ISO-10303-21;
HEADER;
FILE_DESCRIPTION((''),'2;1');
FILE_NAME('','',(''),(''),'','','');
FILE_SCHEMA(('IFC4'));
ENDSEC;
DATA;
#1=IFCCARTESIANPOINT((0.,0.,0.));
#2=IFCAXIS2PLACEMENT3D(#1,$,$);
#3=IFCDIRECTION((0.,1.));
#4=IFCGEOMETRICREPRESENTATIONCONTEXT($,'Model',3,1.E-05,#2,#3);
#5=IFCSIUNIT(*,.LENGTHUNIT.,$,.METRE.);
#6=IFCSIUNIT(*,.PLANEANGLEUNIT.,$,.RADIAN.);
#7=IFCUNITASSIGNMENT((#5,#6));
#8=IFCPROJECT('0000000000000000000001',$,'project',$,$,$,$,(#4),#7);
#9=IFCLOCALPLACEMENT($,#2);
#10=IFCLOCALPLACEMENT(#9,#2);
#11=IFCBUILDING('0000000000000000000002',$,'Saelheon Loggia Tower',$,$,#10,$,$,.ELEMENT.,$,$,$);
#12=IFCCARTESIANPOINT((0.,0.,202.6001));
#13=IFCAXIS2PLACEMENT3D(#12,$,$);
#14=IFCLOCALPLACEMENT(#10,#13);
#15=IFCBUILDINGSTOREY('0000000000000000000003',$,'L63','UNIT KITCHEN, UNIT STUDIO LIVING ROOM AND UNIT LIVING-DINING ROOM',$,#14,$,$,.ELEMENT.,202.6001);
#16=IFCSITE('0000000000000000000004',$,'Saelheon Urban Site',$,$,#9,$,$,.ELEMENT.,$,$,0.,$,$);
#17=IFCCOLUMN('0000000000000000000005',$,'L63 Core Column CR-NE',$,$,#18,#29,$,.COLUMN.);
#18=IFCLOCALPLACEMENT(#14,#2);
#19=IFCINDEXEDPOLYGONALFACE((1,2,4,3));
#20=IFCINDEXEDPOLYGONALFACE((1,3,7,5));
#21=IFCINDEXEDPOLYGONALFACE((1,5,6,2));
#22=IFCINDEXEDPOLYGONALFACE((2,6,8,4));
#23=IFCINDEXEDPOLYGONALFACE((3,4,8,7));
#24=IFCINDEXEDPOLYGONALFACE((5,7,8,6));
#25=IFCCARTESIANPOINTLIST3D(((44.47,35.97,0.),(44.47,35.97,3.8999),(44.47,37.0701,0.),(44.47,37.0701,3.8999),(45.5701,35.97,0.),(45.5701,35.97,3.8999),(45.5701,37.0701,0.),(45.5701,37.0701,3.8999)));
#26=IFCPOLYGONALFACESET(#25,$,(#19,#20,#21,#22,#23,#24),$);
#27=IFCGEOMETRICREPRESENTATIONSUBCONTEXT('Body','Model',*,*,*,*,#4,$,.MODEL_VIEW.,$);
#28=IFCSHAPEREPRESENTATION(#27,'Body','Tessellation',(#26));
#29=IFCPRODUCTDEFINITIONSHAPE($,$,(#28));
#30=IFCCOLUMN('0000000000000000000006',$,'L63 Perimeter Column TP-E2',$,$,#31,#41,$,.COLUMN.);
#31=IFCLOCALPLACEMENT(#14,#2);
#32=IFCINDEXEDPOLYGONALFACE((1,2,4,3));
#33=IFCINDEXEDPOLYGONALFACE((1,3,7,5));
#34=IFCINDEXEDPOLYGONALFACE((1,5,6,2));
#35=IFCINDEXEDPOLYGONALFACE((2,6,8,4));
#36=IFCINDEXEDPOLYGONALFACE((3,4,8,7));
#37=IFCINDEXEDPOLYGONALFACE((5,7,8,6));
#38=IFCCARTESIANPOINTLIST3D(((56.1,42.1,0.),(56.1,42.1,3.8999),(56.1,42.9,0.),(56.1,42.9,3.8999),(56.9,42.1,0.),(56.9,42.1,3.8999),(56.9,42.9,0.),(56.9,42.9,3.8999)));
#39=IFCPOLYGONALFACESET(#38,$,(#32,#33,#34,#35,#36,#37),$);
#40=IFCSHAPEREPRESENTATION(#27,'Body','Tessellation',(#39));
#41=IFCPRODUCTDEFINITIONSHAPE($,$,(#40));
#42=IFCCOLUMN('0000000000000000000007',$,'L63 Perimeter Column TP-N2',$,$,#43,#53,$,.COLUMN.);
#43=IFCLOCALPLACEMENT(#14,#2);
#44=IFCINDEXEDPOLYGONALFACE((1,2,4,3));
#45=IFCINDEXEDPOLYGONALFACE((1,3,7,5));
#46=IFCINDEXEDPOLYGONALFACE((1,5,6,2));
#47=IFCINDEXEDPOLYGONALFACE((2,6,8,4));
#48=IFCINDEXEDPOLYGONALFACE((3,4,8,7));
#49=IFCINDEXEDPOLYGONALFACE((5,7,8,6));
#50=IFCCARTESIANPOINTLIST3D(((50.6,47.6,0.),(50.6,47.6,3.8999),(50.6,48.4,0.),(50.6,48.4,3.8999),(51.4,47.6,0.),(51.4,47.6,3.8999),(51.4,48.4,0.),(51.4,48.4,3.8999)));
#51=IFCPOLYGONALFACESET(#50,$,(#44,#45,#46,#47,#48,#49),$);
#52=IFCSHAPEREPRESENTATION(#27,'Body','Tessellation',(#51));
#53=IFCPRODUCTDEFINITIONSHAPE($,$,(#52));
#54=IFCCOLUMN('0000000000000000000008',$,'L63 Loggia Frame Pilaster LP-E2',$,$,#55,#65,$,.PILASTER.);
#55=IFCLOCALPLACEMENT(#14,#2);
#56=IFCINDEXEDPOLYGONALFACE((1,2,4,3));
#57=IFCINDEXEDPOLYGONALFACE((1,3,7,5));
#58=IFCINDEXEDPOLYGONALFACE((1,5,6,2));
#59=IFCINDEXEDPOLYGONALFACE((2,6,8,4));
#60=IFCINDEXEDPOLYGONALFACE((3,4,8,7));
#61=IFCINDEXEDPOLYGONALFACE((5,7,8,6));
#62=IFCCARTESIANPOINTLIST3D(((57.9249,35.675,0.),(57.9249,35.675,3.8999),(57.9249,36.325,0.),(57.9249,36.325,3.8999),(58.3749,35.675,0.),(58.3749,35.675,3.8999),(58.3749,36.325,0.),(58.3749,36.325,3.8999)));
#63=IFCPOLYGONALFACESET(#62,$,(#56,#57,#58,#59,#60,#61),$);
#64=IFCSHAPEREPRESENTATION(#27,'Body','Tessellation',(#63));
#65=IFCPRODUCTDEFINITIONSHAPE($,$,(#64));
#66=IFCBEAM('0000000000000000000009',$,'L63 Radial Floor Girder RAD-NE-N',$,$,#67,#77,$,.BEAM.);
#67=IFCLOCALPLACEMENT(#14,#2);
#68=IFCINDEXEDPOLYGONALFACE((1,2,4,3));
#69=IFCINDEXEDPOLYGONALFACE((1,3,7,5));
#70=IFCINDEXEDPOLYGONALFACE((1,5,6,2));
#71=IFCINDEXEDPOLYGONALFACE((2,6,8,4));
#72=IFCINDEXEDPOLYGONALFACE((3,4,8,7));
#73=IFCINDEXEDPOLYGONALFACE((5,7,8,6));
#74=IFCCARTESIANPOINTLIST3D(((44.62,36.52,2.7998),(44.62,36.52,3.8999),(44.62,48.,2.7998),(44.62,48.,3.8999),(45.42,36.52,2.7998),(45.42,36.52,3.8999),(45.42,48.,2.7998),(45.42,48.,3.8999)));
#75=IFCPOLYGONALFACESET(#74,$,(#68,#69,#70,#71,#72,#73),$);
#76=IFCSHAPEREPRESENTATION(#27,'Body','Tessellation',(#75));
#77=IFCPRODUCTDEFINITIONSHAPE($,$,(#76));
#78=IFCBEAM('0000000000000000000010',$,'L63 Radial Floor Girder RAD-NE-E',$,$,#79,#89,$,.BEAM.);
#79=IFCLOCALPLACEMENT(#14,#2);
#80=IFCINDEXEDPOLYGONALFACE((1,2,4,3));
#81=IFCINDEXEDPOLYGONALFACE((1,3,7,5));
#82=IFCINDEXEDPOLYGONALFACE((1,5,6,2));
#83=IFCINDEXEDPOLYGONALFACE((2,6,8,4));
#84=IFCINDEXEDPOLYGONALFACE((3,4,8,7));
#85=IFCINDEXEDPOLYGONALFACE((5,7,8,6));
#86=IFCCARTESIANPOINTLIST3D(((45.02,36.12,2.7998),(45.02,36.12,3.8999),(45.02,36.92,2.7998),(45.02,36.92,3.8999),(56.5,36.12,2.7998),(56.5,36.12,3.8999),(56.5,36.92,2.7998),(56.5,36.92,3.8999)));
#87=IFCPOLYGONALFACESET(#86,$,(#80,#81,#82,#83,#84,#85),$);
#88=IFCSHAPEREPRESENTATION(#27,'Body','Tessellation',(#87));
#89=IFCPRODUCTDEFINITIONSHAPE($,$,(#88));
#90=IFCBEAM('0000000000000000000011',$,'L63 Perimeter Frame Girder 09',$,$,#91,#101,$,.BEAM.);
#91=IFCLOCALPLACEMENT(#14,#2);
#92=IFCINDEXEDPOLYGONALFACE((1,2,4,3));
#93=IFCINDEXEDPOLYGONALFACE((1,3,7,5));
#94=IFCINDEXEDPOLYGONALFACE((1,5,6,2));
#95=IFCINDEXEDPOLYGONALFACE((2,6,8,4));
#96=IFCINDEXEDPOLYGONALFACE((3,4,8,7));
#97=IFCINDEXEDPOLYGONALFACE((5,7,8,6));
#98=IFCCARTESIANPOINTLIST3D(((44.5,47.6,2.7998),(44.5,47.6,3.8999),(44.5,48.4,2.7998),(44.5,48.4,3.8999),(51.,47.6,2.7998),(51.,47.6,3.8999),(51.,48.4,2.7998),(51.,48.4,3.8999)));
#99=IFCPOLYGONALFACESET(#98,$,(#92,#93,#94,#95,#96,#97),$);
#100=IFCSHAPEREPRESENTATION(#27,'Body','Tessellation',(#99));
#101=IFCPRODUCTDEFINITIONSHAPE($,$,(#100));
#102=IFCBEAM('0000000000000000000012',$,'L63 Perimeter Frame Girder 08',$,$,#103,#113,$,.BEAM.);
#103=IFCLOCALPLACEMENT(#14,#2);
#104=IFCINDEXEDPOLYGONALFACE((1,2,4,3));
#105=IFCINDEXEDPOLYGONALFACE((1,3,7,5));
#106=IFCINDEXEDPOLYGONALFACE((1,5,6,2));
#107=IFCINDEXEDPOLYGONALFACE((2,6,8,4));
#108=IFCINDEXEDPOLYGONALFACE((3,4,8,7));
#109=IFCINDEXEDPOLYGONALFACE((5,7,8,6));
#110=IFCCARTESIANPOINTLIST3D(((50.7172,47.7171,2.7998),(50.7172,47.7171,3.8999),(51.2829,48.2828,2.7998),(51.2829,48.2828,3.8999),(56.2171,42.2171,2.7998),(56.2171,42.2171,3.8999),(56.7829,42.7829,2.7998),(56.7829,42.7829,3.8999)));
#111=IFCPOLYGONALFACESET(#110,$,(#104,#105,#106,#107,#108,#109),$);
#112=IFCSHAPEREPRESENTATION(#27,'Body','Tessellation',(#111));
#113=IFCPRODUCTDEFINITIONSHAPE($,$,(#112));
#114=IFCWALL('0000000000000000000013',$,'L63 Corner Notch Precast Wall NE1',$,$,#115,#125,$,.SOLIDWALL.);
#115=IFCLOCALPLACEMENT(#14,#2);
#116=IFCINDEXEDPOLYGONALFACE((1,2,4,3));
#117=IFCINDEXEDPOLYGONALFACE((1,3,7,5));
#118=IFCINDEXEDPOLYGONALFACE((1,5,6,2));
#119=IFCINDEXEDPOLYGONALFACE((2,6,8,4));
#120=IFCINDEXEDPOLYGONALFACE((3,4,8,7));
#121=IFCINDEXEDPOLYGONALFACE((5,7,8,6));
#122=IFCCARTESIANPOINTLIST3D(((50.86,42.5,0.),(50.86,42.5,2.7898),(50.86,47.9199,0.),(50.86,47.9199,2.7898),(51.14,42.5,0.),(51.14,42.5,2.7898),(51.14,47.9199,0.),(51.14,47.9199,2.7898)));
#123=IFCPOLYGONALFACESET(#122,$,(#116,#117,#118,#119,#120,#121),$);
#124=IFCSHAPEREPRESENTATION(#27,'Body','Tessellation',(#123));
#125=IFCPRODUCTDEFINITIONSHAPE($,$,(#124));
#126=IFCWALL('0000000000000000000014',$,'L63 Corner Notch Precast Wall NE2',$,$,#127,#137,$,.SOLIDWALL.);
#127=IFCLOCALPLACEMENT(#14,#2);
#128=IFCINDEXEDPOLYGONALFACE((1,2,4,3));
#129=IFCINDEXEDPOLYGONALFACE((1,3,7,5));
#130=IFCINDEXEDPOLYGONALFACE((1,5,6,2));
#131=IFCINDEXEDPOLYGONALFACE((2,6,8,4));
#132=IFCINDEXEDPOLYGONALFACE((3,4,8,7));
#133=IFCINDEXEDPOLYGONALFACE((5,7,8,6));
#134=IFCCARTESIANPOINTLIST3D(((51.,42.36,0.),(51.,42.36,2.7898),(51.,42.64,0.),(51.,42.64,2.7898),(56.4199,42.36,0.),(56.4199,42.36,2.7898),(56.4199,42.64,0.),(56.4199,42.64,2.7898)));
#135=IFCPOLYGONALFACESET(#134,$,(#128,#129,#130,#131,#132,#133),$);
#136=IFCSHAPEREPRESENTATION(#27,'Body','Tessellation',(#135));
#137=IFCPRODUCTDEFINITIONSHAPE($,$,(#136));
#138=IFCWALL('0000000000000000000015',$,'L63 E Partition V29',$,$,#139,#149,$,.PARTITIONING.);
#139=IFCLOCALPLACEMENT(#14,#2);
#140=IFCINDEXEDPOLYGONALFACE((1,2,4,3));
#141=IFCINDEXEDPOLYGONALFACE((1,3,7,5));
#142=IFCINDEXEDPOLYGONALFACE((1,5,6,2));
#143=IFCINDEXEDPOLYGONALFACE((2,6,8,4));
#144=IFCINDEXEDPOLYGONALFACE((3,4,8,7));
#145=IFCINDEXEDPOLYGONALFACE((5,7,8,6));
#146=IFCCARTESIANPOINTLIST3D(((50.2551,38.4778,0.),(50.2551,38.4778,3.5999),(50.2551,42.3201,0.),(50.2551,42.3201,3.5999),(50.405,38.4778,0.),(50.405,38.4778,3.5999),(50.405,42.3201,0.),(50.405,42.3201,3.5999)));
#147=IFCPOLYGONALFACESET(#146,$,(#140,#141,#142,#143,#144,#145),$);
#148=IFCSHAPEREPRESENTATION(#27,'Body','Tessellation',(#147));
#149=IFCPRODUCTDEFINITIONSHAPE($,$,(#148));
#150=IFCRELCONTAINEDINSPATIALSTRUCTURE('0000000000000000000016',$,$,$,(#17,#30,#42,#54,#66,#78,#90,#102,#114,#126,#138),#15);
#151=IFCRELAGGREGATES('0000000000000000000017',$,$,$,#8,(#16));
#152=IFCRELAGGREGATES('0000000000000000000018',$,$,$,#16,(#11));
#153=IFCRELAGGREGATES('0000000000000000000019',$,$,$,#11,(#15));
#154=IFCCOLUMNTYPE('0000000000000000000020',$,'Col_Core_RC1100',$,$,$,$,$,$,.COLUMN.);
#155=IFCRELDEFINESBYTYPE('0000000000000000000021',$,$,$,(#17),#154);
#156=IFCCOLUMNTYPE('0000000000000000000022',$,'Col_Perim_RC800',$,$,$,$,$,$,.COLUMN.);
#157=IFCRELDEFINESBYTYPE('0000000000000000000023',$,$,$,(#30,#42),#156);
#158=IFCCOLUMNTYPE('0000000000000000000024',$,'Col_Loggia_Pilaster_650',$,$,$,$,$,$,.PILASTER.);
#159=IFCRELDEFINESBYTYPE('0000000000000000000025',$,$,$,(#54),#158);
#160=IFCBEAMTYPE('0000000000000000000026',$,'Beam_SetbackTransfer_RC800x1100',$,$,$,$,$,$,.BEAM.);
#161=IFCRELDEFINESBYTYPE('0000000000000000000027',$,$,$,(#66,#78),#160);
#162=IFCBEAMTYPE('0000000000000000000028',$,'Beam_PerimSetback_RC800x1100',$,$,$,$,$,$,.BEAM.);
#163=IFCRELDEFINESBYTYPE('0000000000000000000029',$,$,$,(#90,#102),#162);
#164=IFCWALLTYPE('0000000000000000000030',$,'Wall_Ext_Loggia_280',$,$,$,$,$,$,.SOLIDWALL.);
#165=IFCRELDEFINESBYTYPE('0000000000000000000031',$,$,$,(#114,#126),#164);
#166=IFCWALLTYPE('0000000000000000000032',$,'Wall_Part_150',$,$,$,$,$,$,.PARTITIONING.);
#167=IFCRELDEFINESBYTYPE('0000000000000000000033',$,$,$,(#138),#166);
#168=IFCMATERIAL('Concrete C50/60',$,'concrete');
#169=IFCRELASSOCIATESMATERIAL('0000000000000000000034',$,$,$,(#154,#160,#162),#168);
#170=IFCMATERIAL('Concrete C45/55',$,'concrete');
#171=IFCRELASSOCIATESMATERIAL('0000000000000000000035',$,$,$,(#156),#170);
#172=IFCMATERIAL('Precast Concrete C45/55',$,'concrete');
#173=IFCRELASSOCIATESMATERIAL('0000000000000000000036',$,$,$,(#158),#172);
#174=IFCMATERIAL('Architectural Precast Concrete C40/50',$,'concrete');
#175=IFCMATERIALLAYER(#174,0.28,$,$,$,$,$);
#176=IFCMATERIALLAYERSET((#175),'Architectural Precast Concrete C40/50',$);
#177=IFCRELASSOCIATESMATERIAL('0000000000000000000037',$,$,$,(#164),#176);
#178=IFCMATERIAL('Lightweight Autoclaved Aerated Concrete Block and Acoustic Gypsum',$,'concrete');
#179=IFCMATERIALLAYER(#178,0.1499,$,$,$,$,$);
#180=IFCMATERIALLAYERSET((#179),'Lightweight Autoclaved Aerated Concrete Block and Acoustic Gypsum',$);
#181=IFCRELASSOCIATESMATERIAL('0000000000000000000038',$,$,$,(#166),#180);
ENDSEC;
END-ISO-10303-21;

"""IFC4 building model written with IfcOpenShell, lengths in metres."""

from ifc_helpers import new_model, si_unit, direction, frame, frame_2d, origin, origin_2d, place, context, subcontext, project, spatial, rectangle, extrude, source, transform, mapped, material, layer, layer_set, material_profile, profile_set, type_object, element, save


model = new_model("IFC4")

# Units and contexts
model_context = context("Model", 3, precision=1e-05, world=origin(), true_north=direction((0.0, 1.0)))
body_context = subcontext(model_context, "Body", "Model", "MODEL_VIEW")
ifc_project = project(units=[si_unit("LENGTHUNIT", "METRE"), si_unit("PLANEANGLEUNIT", "RADIAN")], contexts=[model_context])

# Site, building, storey
site_placement = place(None, origin())
site = spatial("IfcSite", under=ifc_project, at=site_placement, Name="Saelheon Urban Site", CompositionType="ELEMENT", RefElevation=0.0)
building_placement = place(site_placement, origin())
building = spatial("IfcBuilding", under=site, at=building_placement, Name="Saelheon Loggia Tower", CompositionType="ELEMENT")
storey_placement = place(building_placement, frame((0.0, 0.0, 202.6001)))
storey = spatial("IfcBuildingStorey", under=building, at=storey_placement, Name="L63", Description="UNIT KITCHEN, UNIT STUDIO LIVING ROOM AND UNIT LIVING-DINING ROOM", CompositionType="ELEMENT", Elevation=202.6001)

# Columns
ifc_material_1 = material(Name="Concrete C50/60", Category="concrete")
ifc_material_profile_1 = material_profile(ifc_material_1, rectangle(XDim=1.1001, YDim=1.1001, at=origin_2d()), Name="RC-1100x1100")
ifc_profile_set_1 = profile_set([ifc_material_profile_1], Name="Concrete C50/60")
column_type_1 = type_object("IfcColumnType", Name="Col_Core_RC1100", PredefinedType="COLUMN", material=ifc_profile_set_1)
shared_shape_1 = source(origin(), body_context, "Body", "SweptSolid", [
    extrude(rectangle(XDim=1.1001, YDim=1.1001, at=origin_2d()), origin(), (0.0, 0.0, 1.0), 3.8999),
])
column_1_placement = place(storey_placement, frame((45.02, 36.52, 0.0), z_axis=(0.0, 0.0, 1.0), x_axis=(1.0, 0.0, 0.0)))
element("IfcColumn", 1, at=column_1_placement, inside=storey, type_object=column_type_1, Name="L63 Core Column CR-NE", PredefinedType="COLUMN", context=body_context, shape_type="MappedRepresentation", body=[
    mapped(shared_shape_1, transform((0.0, 0.0, 0.0), scale=1.0)),
])
ifc_material_2 = material(Name="Concrete C45/55", Category="concrete")
ifc_material_profile_2 = material_profile(ifc_material_2, rectangle(XDim=0.8, YDim=0.8, at=origin_2d()), Name="RC-800x800")
ifc_profile_set_2 = profile_set([ifc_material_profile_2], Name="Concrete C45/55")
column_type_2 = type_object("IfcColumnType", Name="Col_Perim_RC800", PredefinedType="COLUMN", material=ifc_profile_set_2)
shared_shape_2 = source(origin(), body_context, "Body", "SweptSolid", [
    extrude(rectangle(XDim=0.8, YDim=0.8, at=origin_2d()), origin(), (0.0, 0.0, 1.0), 3.8999),
])
for number, where, z_axis, x_axis, name in (
    (2, (56.5, 42.5, 0.0), (0.0, 0.0, 1.0), (1.0, 0.0, 0.0), "L63 Perimeter Column TP-E2"),
    (3, (51.0, 48.0, 0.0), (0.0, 0.0, 1.0), (1.0, 0.0, 0.0), "L63 Perimeter Column TP-N2"),
):
    element("IfcColumn", number, at=place(storey_placement, frame(where, z_axis=z_axis, x_axis=x_axis)), inside=storey, type_object=column_type_2, Name=name, PredefinedType="COLUMN", context=body_context, shape_type="MappedRepresentation", body=[
        mapped(shared_shape_2, transform((0.0, 0.0, 0.0), scale=1.0)),
    ])
ifc_material_3 = material(Name="Precast Concrete C45/55", Category="concrete")
ifc_material_profile_3 = material_profile(ifc_material_3, rectangle(XDim=0.45, YDim=0.6499, at=origin_2d()), Name="RC-450x650")
ifc_profile_set_3 = profile_set([ifc_material_profile_3], Name="Precast Concrete C45/55")
column_type_3 = type_object("IfcColumnType", Name="Col_Loggia_Pilaster_650", PredefinedType="PILASTER", material=ifc_profile_set_3)
shared_shape_3 = source(origin(), body_context, "Body", "SweptSolid", [
    extrude(rectangle(XDim=0.45, YDim=0.6499, at=origin_2d()), origin(), (0.0, 0.0, 1.0), 3.8999),
])
column_2_placement = place(storey_placement, frame((58.1499, 36.0, 0.0), z_axis=(0.0, 0.0, 1.0), x_axis=(1.0, 0.0, 0.0)))
element("IfcColumn", 4, at=column_2_placement, inside=storey, type_object=column_type_3, Name="L63 Loggia Frame Pilaster LP-E2", PredefinedType="PILASTER", context=body_context, shape_type="MappedRepresentation", body=[
    mapped(shared_shape_3, transform((0.0, 0.0, 0.0), scale=1.0)),
])

# Beams
ifc_material_profile_4 = material_profile(ifc_material_1, rectangle(XDim=0.8, YDim=1.1001, at=origin_2d()), Name="RC-800x1100")
ifc_profile_set_4 = profile_set([ifc_material_profile_4], Name="Concrete C50/60")
beam_type_1 = type_object("IfcBeamType", Name="Beam_SetbackTransfer_RC800x1100", PredefinedType="BEAM", material=ifc_profile_set_4)
shared_shape_4 = source(origin(), body_context, "Body", "SweptSolid", [
    extrude(rectangle(XDim=0.8, YDim=1.1001, at=origin_2d()), origin(), (0.0, 0.0, 1.0), 11.48),
])
for number, where, z_axis, x_axis, name in (
    (5, (45.02, 36.52, 3.3499), (0.0, 1.0, 0.0), (-1.0, 0.0, 0.0), "L63 Radial Floor Girder RAD-NE-N"),
    (6, (45.02, 36.52, 3.3499), (1.0, 0.0, 0.0), (0.0, 1.0, 0.0), "L63 Radial Floor Girder RAD-NE-E"),
):
    element("IfcBeam", number, at=place(storey_placement, frame(where, z_axis=z_axis, x_axis=x_axis)), inside=storey, type_object=beam_type_1, Name=name, PredefinedType="BEAM", context=body_context, shape_type="MappedRepresentation", body=[
        mapped(shared_shape_4, transform((0.0, 0.0, 0.0), scale=1.0)),
    ])
ifc_material_profile_5 = material_profile(ifc_material_1, rectangle(XDim=0.8, YDim=1.1001, at=origin_2d()), Name="RC-800x1100")
ifc_profile_set_5 = profile_set([ifc_material_profile_5], Name="Concrete C50/60")
beam_type_2 = type_object("IfcBeamType", Name="Beam_PerimSetback_RC800x1100", PredefinedType="BEAM", material=ifc_profile_set_5)
shared_shape_5 = source(origin(), body_context, "Body", "SweptSolid", [
    extrude(rectangle(XDim=0.8, YDim=1.1001, at=origin_2d()), origin(), (0.0, 0.0, 1.0), 6.5),
])
beam_1_placement = place(storey_placement, frame((51.0, 48.0, 3.3499), z_axis=(-1.0, 0.0, 0.0), x_axis=(0.0, -1.0, 0.0)))
element("IfcBeam", 7, at=beam_1_placement, inside=storey, type_object=beam_type_2, Name="L63 Perimeter Frame Girder 09", PredefinedType="BEAM", context=body_context, shape_type="MappedRepresentation", body=[
    mapped(shared_shape_5, transform((0.0, 0.0, 0.0), scale=1.0)),
])
shared_shape_6 = source(origin(), body_context, "Body", "SweptSolid", [
    extrude(rectangle(XDim=0.8, YDim=1.1001, at=origin_2d()), origin(), (0.0, 0.0, 1.0), 7.7781),
])
beam_2_placement = place(storey_placement, frame((56.5, 42.5, 3.3499), z_axis=(-0.707107, 0.707107, 0.0), x_axis=(-0.707107, -0.707107, 0.0)))
element("IfcBeam", 8, at=beam_2_placement, inside=storey, type_object=beam_type_2, Name="L63 Perimeter Frame Girder 08", PredefinedType="BEAM", context=body_context, shape_type="MappedRepresentation", body=[
    mapped(shared_shape_6, transform((0.0, 0.0, 0.0), scale=1.0)),
])

# Walls
ifc_material_4 = material(Name="Architectural Precast Concrete C40/50", Category="concrete")
ifc_layer_1 = layer(ifc_material_4, 0.28)
ifc_layer_set_1 = layer_set([ifc_layer_1], Name="Architectural Precast Concrete C40/50")
wall_type_1 = type_object("IfcWallType", Name="Wall_Ext_Loggia_280", PredefinedType="SOLIDWALL", material=ifc_layer_set_1)
for number, where, z_axis, x_axis, name in (
    (9, (51.0, 42.5, 0.0), (0.0, 0.0, 1.0), (0.0, 1.0, 0.0), "L63 Corner Notch Precast Wall NE1"),
    (10, (51.0, 42.5, 0.0), (0.0, 0.0, 1.0), (1.0, 0.0, 0.0), "L63 Corner Notch Precast Wall NE2"),
):
    element("IfcWall", number, at=place(storey_placement, frame(where, z_axis=z_axis, x_axis=x_axis)), inside=storey, type_object=wall_type_1, Name=name, PredefinedType="SOLIDWALL", context=body_context, shape_type="SweptSolid", body=[
        extrude(rectangle(XDim=5.4199, YDim=0.28, at=frame_2d((2.71, 0.0))), origin(), (0.0, 0.0, 1.0), 2.7898),
    ])
ifc_material_5 = material(Name="Lightweight Autoclaved Aerated Concrete Block and Acoustic Gypsum", Category="concrete")
ifc_layer_2 = layer(ifc_material_5, 0.1499)
ifc_layer_set_2 = layer_set([ifc_layer_2], Name="Lightweight Autoclaved Aerated Concrete Block and Acoustic Gypsum")
wall_type_2 = type_object("IfcWallType", Name="Wall_Part_150", PredefinedType="PARTITIONING", material=ifc_layer_set_2)
wall_1_placement = place(storey_placement, frame((50.3301, 38.4778, 0.0), z_axis=(0.0, 0.0, 1.0), x_axis=(0.0, 1.0, 0.0)))
element("IfcWall", 11, at=wall_1_placement, inside=storey, type_object=wall_type_2, Name="L63 E Partition V29", PredefinedType="PARTITIONING", context=body_context, shape_type="SweptSolid", body=[
    extrude(rectangle(XDim=3.8423, YDim=0.1499, at=frame_2d((1.9211, 0.0))), origin(), (0.0, 0.0, 1.0), 3.5999),
])

save(model, "model.ifc")
